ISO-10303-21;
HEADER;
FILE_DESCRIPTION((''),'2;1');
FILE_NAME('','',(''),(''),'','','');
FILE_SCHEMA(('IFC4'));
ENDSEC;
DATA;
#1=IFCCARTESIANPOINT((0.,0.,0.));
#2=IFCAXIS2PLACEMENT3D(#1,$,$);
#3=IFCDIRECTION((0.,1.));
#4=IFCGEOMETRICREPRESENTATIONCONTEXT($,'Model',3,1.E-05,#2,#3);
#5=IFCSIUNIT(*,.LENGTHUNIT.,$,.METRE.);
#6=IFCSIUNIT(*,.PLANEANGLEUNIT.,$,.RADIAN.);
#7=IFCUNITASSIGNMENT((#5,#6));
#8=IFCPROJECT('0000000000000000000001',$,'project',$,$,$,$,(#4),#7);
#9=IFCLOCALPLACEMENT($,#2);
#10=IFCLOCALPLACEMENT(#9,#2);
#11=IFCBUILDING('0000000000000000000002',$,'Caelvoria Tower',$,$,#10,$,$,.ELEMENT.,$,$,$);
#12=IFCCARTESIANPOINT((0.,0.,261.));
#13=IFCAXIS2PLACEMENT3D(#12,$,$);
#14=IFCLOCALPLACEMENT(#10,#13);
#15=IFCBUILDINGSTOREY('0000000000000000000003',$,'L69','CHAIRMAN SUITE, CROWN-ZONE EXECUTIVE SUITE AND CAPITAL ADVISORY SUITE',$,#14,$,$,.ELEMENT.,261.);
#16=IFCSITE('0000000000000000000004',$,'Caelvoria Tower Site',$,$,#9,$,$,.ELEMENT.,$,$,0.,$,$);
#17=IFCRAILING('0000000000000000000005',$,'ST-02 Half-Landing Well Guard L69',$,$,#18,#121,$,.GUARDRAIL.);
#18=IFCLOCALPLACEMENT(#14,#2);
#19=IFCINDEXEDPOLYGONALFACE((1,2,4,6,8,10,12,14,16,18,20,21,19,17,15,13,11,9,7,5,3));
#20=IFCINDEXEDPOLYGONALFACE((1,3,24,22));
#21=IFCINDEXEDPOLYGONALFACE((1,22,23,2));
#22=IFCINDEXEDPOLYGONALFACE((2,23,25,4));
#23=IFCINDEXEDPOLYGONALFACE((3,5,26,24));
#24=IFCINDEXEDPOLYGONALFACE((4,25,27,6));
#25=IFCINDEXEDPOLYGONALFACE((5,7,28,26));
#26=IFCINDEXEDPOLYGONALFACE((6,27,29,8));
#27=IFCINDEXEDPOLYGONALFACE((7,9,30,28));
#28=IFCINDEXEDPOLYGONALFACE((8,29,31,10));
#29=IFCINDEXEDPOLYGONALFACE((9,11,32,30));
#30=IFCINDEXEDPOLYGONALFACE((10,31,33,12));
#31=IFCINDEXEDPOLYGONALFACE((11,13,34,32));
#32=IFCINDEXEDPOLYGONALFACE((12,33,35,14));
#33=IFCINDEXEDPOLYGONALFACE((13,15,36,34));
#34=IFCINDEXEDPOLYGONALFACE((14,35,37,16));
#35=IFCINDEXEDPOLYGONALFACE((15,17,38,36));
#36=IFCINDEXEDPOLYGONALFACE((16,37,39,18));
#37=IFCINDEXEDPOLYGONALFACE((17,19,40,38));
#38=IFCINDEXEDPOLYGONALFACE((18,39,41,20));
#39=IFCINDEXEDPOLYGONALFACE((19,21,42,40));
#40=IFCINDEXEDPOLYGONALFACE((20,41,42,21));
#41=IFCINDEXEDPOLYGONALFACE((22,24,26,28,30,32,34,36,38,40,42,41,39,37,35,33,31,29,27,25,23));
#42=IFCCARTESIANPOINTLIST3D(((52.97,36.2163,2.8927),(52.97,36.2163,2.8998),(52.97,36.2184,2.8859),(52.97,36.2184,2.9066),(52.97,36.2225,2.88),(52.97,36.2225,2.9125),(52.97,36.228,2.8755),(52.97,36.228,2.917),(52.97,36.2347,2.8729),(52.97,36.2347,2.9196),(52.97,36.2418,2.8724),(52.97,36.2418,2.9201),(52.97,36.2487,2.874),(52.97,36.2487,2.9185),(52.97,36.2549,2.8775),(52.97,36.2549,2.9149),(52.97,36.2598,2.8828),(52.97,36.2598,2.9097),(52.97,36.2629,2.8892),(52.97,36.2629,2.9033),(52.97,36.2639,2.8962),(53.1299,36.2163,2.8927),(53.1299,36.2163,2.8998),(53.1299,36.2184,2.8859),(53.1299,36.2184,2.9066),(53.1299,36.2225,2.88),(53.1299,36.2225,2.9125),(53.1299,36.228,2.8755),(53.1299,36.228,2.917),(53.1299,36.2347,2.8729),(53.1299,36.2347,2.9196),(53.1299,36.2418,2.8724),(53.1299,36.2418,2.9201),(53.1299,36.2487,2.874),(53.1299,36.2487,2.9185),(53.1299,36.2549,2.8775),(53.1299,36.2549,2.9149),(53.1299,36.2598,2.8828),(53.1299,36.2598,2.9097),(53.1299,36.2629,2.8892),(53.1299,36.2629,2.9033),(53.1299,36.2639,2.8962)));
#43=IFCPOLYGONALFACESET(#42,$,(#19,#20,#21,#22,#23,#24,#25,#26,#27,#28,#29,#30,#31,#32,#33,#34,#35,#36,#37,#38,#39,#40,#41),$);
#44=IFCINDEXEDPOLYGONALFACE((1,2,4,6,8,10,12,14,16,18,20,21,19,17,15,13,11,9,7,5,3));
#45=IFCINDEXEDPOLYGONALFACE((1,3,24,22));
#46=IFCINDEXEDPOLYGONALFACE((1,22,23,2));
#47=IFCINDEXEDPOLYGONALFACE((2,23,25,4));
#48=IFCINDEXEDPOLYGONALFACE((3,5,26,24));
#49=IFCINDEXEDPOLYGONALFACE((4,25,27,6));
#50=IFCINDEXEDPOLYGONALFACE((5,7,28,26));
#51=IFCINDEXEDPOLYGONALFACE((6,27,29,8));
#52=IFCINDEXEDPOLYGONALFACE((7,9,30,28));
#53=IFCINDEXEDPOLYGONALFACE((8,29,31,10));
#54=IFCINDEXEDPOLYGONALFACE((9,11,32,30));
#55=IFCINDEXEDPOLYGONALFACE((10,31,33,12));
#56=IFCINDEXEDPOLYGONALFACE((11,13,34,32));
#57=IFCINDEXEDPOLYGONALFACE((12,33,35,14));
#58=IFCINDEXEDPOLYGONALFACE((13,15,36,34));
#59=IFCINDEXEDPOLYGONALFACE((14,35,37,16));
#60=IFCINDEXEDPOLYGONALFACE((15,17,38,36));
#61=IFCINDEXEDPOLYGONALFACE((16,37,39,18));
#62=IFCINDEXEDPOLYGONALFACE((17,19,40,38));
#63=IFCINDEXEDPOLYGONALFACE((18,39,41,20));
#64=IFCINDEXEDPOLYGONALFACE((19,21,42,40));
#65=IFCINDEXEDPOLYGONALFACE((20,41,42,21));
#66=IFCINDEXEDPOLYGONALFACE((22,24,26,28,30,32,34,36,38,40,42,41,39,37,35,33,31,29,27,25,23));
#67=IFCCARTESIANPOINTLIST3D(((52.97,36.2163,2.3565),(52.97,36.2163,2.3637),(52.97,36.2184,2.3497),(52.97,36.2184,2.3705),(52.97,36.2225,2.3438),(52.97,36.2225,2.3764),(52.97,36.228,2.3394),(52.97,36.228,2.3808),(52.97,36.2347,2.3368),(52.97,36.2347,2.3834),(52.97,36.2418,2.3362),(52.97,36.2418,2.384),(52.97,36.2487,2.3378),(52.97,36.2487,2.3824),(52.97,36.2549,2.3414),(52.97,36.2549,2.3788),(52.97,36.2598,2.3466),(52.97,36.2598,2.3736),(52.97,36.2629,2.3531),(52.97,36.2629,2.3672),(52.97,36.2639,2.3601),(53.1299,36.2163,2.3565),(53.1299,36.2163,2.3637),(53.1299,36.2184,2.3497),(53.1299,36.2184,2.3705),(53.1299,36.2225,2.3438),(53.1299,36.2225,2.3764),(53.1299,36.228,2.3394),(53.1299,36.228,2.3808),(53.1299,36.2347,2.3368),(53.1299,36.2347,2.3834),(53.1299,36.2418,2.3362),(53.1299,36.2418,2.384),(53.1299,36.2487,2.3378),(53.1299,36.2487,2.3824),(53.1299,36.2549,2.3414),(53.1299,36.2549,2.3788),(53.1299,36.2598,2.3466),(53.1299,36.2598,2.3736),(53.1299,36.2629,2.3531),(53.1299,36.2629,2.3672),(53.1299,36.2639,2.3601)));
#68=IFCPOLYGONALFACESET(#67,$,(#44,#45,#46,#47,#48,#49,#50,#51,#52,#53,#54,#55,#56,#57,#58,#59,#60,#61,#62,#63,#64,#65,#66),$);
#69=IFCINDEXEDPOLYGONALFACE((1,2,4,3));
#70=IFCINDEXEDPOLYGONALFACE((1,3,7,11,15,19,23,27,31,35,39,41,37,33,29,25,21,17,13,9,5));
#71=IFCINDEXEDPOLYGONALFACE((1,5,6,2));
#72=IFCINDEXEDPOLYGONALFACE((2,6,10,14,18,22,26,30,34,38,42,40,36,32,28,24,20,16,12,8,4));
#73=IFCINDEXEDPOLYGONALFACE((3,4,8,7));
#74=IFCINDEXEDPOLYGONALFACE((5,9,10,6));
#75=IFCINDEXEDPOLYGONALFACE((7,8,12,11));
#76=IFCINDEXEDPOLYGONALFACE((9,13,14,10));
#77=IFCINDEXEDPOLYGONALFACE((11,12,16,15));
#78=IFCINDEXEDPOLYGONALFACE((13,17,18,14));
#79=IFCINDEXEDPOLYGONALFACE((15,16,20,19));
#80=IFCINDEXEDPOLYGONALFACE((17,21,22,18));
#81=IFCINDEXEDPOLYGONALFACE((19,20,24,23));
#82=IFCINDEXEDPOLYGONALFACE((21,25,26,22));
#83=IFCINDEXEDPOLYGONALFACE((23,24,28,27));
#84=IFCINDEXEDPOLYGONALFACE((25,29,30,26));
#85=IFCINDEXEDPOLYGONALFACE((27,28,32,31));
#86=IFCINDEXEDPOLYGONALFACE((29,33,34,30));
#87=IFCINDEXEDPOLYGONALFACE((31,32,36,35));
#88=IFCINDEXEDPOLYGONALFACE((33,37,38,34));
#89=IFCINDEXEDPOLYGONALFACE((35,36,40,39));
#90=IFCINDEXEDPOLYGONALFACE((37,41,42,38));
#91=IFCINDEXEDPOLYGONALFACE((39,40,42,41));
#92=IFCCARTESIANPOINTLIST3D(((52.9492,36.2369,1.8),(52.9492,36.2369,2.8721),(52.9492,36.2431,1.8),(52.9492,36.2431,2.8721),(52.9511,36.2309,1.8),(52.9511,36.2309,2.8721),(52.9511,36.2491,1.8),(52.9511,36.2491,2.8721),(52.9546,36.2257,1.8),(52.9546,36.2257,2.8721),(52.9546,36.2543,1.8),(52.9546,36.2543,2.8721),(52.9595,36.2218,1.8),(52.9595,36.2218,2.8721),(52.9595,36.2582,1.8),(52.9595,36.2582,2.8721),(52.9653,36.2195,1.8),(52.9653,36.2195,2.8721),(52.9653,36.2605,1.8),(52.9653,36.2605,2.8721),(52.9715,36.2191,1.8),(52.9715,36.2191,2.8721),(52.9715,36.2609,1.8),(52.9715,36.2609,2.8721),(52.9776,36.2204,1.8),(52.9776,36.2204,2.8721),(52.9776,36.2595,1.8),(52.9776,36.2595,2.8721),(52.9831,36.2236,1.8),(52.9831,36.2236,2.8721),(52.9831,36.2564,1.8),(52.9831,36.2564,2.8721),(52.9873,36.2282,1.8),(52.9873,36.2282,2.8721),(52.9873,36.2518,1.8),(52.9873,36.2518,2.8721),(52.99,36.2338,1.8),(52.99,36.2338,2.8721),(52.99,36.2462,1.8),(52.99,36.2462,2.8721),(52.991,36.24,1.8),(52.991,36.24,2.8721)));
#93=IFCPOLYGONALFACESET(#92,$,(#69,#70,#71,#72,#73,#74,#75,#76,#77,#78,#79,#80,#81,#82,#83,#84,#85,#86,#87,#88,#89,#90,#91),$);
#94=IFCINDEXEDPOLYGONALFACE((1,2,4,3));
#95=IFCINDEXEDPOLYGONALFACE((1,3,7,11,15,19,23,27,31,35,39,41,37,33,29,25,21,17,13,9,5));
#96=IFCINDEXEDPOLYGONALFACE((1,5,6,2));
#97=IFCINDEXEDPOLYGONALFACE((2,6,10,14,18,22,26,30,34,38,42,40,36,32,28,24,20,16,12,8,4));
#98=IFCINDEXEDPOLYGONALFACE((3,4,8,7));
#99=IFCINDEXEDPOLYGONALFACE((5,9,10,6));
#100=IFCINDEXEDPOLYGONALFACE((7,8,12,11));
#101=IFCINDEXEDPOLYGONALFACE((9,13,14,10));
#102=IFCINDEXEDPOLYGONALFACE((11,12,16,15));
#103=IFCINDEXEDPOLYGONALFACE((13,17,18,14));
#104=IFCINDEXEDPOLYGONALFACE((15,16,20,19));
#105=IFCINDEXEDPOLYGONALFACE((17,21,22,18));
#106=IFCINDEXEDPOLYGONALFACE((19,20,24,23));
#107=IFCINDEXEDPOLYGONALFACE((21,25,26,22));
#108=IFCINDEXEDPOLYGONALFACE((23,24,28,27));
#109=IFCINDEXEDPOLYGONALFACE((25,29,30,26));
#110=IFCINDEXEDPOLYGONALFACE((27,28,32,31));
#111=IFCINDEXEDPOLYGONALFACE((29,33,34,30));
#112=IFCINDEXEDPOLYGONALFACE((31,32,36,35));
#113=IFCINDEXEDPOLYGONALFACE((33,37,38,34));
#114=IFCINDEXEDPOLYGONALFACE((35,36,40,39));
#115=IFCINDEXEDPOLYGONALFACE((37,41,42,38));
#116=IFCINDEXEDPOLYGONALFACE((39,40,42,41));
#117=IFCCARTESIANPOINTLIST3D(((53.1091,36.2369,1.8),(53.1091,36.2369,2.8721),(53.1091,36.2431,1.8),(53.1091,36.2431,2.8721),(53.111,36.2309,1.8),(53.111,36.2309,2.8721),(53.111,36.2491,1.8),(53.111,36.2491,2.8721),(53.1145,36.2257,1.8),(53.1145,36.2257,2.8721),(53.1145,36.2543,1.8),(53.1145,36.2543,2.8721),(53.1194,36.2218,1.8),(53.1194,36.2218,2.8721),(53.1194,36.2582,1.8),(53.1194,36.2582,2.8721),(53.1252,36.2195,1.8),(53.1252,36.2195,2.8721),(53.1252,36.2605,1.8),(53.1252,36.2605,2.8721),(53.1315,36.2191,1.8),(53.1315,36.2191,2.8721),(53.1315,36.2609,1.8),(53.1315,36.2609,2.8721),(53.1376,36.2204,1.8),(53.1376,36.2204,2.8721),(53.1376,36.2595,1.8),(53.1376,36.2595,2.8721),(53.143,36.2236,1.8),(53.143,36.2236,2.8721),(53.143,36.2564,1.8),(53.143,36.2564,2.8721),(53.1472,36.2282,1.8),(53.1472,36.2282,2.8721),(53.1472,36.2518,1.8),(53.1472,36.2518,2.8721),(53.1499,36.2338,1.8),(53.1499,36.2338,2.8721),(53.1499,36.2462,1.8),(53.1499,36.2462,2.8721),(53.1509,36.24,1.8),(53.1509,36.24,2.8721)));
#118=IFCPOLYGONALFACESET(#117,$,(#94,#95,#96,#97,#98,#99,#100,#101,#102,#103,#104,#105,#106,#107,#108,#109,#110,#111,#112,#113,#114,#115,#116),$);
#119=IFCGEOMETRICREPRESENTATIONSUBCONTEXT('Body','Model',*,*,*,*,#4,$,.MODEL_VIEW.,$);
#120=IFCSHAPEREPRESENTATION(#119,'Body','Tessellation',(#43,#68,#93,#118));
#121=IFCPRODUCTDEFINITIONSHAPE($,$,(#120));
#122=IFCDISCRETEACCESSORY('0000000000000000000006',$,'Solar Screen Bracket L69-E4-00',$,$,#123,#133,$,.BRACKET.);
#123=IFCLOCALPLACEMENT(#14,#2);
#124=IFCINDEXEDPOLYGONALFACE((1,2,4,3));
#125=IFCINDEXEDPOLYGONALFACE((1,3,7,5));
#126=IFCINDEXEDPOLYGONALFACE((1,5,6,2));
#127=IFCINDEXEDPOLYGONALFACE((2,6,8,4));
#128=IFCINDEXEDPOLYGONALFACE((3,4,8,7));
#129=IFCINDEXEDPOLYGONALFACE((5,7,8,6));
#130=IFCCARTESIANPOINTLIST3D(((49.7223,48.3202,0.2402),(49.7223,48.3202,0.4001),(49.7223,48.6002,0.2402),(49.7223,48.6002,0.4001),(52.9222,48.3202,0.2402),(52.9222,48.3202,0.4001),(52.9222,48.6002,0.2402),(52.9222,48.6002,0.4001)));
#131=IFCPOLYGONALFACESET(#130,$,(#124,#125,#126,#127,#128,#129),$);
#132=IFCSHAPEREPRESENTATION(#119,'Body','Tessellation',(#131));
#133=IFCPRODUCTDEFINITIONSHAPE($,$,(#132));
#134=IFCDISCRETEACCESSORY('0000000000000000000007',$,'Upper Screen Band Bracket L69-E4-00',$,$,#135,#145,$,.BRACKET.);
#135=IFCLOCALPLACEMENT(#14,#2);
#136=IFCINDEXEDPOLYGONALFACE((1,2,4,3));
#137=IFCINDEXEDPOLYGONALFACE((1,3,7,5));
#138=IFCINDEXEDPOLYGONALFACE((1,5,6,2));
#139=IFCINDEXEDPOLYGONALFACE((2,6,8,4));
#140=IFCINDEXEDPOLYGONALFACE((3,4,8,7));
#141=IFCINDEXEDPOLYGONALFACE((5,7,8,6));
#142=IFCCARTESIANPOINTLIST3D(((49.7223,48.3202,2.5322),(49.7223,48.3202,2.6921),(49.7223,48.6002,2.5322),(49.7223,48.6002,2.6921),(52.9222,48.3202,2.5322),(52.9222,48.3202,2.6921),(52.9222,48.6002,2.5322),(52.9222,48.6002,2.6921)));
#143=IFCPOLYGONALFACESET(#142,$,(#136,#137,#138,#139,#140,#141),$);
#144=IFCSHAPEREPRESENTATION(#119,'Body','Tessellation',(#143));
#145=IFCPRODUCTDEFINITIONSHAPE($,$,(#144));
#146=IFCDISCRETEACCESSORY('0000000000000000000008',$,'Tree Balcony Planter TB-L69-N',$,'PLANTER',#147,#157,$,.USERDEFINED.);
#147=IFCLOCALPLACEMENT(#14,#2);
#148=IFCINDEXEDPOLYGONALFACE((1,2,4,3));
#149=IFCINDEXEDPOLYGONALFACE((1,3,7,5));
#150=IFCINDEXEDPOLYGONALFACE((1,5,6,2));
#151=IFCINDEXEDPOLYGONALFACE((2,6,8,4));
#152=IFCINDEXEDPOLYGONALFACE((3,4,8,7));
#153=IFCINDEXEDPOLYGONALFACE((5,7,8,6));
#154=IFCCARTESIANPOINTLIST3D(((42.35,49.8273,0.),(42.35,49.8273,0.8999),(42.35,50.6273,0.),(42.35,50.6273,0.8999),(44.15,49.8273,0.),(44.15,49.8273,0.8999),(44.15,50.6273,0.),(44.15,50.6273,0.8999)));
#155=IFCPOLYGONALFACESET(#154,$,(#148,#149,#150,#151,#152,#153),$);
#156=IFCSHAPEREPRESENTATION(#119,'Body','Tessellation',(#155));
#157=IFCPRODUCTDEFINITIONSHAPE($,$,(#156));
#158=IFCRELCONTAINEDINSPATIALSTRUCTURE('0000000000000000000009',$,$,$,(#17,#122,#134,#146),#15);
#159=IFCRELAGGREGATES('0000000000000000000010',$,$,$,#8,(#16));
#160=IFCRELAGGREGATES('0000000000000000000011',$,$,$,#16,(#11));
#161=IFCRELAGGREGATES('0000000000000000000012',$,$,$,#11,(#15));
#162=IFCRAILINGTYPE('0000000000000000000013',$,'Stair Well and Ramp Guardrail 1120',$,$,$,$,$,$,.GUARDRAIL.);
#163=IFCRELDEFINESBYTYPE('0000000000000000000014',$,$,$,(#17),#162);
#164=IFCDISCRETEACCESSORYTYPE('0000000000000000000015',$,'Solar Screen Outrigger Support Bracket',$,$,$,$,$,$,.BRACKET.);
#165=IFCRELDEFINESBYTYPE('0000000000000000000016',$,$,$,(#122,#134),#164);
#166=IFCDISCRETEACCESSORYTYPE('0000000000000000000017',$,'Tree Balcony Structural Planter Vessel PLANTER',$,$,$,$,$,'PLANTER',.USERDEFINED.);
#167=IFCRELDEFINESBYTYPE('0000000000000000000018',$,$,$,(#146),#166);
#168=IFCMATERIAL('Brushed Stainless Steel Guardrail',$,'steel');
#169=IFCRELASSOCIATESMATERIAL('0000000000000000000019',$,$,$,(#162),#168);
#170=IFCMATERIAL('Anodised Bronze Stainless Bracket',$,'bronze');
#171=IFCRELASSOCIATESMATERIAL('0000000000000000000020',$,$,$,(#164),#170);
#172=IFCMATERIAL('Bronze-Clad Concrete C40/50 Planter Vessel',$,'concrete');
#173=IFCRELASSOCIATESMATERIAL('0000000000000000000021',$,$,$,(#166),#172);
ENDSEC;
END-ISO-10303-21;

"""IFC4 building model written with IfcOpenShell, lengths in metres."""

from ifc_helpers import new_model, si_unit, direction, frame, origin, origin_2d, place, context, subcontext, project, spatial, rectangle, circle, extrude, material, type_object, element, save


model = new_model("IFC4")

# Units and contexts
model_context = context("Model", 3, precision=1e-05, world=origin(), true_north=direction((0.0, 1.0)))
body_context = subcontext(model_context, "Body", "Model", "MODEL_VIEW")
ifc_project = project(units=[si_unit("LENGTHUNIT", "METRE"), si_unit("PLANEANGLEUNIT", "RADIAN")], contexts=[model_context])

# Site, building, storey
site_placement = place(None, origin())
site = spatial("IfcSite", under=ifc_project, at=site_placement, Name="Caelvoria Tower Site", CompositionType="ELEMENT", RefElevation=0.0)
building_placement = place(site_placement, origin())
building = spatial("IfcBuilding", under=site, at=building_placement, Name="Caelvoria Tower", CompositionType="ELEMENT")
storey_placement = place(building_placement, frame((0.0, 0.0, 261.0)))
storey = spatial("IfcBuildingStorey", under=building, at=storey_placement, Name="L69", Description="CHAIRMAN SUITE, CROWN-ZONE EXECUTIVE SUITE AND CAPITAL ADVISORY SUITE", CompositionType="ELEMENT", Elevation=261.0)

# Railing
ifc_material_1 = material(Name="Brushed Stainless Steel Guardrail", Category="steel")
railing_type_1 = type_object("IfcRailingType", Name="Stair Well and Ramp Guardrail 1120", PredefinedType="GUARDRAIL", material=ifc_material_1)
railing_1_placement = place(storey_placement, frame((52.97, 36.24, 1.8)))
element("IfcRailing", 1, at=railing_1_placement, inside=storey, type_object=railing_type_1, Name="ST-02 Half-Landing Well Guard L69", PredefinedType="GUARDRAIL", context=body_context, shape_type="SweptSolid", body=[
    extrude(circle(Radius=0.0239, at=origin_2d()), frame((0.0, 0.0, 1.0962), z_axis=(1.0, 0.0, 0.0), x_axis=(0.0, 1.0, 0.0)), (0.0, 0.0, 1.0), 0.1599),
    extrude(circle(Radius=0.0239, at=origin_2d()), frame((0.0, 0.0, 0.5601), z_axis=(1.0, 0.0, 0.0), x_axis=(0.0, 1.0, 0.0)), (0.0, 0.0, 1.0), 0.1599),
    extrude(circle(Radius=0.021, at=origin_2d()), origin(), (0.0, 0.0, 1.0), 1.072),
    extrude(circle(Radius=0.021, at=origin_2d()), frame((0.1599, 0.0, 0.0)), (0.0, 0.0, 1.0), 1.072),
])

# Discrete accessories
ifc_material_2 = material(Name="Anodised Bronze Stainless Bracket", Category="bronze")
discrete_accessory_type_1 = type_object("IfcDiscreteAccessoryType", Name="Solar Screen Outrigger Support Bracket", PredefinedType="BRACKET", material=ifc_material_2)
for number, where, z_axis, x_axis, name in (
    (2, (51.3223, 48.4602, 0.2402), (0.0, 0.0, 1.0), (-1.0, 0.0, 0.0), "Solar Screen Bracket L69-E4-00"),
    (3, (51.3223, 48.4602, 2.5322), (0.0, 0.0, 1.0), (-1.0, 0.0, 0.0), "Upper Screen Band Bracket L69-E4-00"),
):
    element("IfcDiscreteAccessory", number, at=place(storey_placement, frame(where, z_axis=z_axis, x_axis=x_axis)), inside=storey, type_object=discrete_accessory_type_1, Name=name, PredefinedType="BRACKET", context=body_context, shape_type="SweptSolid", body=[
        extrude(rectangle(XDim=3.2, YDim=0.28, at=origin_2d()), origin(), (0.0, 0.0, 1.0), 0.1599),
    ])
ifc_material_3 = material(Name="Bronze-Clad Concrete C40/50 Planter Vessel", Category="concrete")
discrete_accessory_type_2 = type_object("IfcDiscreteAccessoryType", Name="Tree Balcony Structural Planter Vessel PLANTER", ElementType="PLANTER", PredefinedType="USERDEFINED", material=ifc_material_3)
discrete_accessory_placement = place(storey_placement, frame((43.25, 50.2273, 0.0), z_axis=(0.0, 0.0, 1.0), x_axis=(1.0, 0.0, 0.0)))
element("IfcDiscreteAccessory", 4, at=discrete_accessory_placement, inside=storey, type_object=discrete_accessory_type_2, Name="Tree Balcony Planter TB-L69-N", ObjectType="PLANTER", PredefinedType="USERDEFINED", context=body_context, shape_type="SweptSolid", body=[
    extrude(rectangle(XDim=1.8, YDim=0.8, at=origin_2d()), origin(), (0.0, 0.0, 1.0), 0.8999),
])

save(model, "model.ifc")
